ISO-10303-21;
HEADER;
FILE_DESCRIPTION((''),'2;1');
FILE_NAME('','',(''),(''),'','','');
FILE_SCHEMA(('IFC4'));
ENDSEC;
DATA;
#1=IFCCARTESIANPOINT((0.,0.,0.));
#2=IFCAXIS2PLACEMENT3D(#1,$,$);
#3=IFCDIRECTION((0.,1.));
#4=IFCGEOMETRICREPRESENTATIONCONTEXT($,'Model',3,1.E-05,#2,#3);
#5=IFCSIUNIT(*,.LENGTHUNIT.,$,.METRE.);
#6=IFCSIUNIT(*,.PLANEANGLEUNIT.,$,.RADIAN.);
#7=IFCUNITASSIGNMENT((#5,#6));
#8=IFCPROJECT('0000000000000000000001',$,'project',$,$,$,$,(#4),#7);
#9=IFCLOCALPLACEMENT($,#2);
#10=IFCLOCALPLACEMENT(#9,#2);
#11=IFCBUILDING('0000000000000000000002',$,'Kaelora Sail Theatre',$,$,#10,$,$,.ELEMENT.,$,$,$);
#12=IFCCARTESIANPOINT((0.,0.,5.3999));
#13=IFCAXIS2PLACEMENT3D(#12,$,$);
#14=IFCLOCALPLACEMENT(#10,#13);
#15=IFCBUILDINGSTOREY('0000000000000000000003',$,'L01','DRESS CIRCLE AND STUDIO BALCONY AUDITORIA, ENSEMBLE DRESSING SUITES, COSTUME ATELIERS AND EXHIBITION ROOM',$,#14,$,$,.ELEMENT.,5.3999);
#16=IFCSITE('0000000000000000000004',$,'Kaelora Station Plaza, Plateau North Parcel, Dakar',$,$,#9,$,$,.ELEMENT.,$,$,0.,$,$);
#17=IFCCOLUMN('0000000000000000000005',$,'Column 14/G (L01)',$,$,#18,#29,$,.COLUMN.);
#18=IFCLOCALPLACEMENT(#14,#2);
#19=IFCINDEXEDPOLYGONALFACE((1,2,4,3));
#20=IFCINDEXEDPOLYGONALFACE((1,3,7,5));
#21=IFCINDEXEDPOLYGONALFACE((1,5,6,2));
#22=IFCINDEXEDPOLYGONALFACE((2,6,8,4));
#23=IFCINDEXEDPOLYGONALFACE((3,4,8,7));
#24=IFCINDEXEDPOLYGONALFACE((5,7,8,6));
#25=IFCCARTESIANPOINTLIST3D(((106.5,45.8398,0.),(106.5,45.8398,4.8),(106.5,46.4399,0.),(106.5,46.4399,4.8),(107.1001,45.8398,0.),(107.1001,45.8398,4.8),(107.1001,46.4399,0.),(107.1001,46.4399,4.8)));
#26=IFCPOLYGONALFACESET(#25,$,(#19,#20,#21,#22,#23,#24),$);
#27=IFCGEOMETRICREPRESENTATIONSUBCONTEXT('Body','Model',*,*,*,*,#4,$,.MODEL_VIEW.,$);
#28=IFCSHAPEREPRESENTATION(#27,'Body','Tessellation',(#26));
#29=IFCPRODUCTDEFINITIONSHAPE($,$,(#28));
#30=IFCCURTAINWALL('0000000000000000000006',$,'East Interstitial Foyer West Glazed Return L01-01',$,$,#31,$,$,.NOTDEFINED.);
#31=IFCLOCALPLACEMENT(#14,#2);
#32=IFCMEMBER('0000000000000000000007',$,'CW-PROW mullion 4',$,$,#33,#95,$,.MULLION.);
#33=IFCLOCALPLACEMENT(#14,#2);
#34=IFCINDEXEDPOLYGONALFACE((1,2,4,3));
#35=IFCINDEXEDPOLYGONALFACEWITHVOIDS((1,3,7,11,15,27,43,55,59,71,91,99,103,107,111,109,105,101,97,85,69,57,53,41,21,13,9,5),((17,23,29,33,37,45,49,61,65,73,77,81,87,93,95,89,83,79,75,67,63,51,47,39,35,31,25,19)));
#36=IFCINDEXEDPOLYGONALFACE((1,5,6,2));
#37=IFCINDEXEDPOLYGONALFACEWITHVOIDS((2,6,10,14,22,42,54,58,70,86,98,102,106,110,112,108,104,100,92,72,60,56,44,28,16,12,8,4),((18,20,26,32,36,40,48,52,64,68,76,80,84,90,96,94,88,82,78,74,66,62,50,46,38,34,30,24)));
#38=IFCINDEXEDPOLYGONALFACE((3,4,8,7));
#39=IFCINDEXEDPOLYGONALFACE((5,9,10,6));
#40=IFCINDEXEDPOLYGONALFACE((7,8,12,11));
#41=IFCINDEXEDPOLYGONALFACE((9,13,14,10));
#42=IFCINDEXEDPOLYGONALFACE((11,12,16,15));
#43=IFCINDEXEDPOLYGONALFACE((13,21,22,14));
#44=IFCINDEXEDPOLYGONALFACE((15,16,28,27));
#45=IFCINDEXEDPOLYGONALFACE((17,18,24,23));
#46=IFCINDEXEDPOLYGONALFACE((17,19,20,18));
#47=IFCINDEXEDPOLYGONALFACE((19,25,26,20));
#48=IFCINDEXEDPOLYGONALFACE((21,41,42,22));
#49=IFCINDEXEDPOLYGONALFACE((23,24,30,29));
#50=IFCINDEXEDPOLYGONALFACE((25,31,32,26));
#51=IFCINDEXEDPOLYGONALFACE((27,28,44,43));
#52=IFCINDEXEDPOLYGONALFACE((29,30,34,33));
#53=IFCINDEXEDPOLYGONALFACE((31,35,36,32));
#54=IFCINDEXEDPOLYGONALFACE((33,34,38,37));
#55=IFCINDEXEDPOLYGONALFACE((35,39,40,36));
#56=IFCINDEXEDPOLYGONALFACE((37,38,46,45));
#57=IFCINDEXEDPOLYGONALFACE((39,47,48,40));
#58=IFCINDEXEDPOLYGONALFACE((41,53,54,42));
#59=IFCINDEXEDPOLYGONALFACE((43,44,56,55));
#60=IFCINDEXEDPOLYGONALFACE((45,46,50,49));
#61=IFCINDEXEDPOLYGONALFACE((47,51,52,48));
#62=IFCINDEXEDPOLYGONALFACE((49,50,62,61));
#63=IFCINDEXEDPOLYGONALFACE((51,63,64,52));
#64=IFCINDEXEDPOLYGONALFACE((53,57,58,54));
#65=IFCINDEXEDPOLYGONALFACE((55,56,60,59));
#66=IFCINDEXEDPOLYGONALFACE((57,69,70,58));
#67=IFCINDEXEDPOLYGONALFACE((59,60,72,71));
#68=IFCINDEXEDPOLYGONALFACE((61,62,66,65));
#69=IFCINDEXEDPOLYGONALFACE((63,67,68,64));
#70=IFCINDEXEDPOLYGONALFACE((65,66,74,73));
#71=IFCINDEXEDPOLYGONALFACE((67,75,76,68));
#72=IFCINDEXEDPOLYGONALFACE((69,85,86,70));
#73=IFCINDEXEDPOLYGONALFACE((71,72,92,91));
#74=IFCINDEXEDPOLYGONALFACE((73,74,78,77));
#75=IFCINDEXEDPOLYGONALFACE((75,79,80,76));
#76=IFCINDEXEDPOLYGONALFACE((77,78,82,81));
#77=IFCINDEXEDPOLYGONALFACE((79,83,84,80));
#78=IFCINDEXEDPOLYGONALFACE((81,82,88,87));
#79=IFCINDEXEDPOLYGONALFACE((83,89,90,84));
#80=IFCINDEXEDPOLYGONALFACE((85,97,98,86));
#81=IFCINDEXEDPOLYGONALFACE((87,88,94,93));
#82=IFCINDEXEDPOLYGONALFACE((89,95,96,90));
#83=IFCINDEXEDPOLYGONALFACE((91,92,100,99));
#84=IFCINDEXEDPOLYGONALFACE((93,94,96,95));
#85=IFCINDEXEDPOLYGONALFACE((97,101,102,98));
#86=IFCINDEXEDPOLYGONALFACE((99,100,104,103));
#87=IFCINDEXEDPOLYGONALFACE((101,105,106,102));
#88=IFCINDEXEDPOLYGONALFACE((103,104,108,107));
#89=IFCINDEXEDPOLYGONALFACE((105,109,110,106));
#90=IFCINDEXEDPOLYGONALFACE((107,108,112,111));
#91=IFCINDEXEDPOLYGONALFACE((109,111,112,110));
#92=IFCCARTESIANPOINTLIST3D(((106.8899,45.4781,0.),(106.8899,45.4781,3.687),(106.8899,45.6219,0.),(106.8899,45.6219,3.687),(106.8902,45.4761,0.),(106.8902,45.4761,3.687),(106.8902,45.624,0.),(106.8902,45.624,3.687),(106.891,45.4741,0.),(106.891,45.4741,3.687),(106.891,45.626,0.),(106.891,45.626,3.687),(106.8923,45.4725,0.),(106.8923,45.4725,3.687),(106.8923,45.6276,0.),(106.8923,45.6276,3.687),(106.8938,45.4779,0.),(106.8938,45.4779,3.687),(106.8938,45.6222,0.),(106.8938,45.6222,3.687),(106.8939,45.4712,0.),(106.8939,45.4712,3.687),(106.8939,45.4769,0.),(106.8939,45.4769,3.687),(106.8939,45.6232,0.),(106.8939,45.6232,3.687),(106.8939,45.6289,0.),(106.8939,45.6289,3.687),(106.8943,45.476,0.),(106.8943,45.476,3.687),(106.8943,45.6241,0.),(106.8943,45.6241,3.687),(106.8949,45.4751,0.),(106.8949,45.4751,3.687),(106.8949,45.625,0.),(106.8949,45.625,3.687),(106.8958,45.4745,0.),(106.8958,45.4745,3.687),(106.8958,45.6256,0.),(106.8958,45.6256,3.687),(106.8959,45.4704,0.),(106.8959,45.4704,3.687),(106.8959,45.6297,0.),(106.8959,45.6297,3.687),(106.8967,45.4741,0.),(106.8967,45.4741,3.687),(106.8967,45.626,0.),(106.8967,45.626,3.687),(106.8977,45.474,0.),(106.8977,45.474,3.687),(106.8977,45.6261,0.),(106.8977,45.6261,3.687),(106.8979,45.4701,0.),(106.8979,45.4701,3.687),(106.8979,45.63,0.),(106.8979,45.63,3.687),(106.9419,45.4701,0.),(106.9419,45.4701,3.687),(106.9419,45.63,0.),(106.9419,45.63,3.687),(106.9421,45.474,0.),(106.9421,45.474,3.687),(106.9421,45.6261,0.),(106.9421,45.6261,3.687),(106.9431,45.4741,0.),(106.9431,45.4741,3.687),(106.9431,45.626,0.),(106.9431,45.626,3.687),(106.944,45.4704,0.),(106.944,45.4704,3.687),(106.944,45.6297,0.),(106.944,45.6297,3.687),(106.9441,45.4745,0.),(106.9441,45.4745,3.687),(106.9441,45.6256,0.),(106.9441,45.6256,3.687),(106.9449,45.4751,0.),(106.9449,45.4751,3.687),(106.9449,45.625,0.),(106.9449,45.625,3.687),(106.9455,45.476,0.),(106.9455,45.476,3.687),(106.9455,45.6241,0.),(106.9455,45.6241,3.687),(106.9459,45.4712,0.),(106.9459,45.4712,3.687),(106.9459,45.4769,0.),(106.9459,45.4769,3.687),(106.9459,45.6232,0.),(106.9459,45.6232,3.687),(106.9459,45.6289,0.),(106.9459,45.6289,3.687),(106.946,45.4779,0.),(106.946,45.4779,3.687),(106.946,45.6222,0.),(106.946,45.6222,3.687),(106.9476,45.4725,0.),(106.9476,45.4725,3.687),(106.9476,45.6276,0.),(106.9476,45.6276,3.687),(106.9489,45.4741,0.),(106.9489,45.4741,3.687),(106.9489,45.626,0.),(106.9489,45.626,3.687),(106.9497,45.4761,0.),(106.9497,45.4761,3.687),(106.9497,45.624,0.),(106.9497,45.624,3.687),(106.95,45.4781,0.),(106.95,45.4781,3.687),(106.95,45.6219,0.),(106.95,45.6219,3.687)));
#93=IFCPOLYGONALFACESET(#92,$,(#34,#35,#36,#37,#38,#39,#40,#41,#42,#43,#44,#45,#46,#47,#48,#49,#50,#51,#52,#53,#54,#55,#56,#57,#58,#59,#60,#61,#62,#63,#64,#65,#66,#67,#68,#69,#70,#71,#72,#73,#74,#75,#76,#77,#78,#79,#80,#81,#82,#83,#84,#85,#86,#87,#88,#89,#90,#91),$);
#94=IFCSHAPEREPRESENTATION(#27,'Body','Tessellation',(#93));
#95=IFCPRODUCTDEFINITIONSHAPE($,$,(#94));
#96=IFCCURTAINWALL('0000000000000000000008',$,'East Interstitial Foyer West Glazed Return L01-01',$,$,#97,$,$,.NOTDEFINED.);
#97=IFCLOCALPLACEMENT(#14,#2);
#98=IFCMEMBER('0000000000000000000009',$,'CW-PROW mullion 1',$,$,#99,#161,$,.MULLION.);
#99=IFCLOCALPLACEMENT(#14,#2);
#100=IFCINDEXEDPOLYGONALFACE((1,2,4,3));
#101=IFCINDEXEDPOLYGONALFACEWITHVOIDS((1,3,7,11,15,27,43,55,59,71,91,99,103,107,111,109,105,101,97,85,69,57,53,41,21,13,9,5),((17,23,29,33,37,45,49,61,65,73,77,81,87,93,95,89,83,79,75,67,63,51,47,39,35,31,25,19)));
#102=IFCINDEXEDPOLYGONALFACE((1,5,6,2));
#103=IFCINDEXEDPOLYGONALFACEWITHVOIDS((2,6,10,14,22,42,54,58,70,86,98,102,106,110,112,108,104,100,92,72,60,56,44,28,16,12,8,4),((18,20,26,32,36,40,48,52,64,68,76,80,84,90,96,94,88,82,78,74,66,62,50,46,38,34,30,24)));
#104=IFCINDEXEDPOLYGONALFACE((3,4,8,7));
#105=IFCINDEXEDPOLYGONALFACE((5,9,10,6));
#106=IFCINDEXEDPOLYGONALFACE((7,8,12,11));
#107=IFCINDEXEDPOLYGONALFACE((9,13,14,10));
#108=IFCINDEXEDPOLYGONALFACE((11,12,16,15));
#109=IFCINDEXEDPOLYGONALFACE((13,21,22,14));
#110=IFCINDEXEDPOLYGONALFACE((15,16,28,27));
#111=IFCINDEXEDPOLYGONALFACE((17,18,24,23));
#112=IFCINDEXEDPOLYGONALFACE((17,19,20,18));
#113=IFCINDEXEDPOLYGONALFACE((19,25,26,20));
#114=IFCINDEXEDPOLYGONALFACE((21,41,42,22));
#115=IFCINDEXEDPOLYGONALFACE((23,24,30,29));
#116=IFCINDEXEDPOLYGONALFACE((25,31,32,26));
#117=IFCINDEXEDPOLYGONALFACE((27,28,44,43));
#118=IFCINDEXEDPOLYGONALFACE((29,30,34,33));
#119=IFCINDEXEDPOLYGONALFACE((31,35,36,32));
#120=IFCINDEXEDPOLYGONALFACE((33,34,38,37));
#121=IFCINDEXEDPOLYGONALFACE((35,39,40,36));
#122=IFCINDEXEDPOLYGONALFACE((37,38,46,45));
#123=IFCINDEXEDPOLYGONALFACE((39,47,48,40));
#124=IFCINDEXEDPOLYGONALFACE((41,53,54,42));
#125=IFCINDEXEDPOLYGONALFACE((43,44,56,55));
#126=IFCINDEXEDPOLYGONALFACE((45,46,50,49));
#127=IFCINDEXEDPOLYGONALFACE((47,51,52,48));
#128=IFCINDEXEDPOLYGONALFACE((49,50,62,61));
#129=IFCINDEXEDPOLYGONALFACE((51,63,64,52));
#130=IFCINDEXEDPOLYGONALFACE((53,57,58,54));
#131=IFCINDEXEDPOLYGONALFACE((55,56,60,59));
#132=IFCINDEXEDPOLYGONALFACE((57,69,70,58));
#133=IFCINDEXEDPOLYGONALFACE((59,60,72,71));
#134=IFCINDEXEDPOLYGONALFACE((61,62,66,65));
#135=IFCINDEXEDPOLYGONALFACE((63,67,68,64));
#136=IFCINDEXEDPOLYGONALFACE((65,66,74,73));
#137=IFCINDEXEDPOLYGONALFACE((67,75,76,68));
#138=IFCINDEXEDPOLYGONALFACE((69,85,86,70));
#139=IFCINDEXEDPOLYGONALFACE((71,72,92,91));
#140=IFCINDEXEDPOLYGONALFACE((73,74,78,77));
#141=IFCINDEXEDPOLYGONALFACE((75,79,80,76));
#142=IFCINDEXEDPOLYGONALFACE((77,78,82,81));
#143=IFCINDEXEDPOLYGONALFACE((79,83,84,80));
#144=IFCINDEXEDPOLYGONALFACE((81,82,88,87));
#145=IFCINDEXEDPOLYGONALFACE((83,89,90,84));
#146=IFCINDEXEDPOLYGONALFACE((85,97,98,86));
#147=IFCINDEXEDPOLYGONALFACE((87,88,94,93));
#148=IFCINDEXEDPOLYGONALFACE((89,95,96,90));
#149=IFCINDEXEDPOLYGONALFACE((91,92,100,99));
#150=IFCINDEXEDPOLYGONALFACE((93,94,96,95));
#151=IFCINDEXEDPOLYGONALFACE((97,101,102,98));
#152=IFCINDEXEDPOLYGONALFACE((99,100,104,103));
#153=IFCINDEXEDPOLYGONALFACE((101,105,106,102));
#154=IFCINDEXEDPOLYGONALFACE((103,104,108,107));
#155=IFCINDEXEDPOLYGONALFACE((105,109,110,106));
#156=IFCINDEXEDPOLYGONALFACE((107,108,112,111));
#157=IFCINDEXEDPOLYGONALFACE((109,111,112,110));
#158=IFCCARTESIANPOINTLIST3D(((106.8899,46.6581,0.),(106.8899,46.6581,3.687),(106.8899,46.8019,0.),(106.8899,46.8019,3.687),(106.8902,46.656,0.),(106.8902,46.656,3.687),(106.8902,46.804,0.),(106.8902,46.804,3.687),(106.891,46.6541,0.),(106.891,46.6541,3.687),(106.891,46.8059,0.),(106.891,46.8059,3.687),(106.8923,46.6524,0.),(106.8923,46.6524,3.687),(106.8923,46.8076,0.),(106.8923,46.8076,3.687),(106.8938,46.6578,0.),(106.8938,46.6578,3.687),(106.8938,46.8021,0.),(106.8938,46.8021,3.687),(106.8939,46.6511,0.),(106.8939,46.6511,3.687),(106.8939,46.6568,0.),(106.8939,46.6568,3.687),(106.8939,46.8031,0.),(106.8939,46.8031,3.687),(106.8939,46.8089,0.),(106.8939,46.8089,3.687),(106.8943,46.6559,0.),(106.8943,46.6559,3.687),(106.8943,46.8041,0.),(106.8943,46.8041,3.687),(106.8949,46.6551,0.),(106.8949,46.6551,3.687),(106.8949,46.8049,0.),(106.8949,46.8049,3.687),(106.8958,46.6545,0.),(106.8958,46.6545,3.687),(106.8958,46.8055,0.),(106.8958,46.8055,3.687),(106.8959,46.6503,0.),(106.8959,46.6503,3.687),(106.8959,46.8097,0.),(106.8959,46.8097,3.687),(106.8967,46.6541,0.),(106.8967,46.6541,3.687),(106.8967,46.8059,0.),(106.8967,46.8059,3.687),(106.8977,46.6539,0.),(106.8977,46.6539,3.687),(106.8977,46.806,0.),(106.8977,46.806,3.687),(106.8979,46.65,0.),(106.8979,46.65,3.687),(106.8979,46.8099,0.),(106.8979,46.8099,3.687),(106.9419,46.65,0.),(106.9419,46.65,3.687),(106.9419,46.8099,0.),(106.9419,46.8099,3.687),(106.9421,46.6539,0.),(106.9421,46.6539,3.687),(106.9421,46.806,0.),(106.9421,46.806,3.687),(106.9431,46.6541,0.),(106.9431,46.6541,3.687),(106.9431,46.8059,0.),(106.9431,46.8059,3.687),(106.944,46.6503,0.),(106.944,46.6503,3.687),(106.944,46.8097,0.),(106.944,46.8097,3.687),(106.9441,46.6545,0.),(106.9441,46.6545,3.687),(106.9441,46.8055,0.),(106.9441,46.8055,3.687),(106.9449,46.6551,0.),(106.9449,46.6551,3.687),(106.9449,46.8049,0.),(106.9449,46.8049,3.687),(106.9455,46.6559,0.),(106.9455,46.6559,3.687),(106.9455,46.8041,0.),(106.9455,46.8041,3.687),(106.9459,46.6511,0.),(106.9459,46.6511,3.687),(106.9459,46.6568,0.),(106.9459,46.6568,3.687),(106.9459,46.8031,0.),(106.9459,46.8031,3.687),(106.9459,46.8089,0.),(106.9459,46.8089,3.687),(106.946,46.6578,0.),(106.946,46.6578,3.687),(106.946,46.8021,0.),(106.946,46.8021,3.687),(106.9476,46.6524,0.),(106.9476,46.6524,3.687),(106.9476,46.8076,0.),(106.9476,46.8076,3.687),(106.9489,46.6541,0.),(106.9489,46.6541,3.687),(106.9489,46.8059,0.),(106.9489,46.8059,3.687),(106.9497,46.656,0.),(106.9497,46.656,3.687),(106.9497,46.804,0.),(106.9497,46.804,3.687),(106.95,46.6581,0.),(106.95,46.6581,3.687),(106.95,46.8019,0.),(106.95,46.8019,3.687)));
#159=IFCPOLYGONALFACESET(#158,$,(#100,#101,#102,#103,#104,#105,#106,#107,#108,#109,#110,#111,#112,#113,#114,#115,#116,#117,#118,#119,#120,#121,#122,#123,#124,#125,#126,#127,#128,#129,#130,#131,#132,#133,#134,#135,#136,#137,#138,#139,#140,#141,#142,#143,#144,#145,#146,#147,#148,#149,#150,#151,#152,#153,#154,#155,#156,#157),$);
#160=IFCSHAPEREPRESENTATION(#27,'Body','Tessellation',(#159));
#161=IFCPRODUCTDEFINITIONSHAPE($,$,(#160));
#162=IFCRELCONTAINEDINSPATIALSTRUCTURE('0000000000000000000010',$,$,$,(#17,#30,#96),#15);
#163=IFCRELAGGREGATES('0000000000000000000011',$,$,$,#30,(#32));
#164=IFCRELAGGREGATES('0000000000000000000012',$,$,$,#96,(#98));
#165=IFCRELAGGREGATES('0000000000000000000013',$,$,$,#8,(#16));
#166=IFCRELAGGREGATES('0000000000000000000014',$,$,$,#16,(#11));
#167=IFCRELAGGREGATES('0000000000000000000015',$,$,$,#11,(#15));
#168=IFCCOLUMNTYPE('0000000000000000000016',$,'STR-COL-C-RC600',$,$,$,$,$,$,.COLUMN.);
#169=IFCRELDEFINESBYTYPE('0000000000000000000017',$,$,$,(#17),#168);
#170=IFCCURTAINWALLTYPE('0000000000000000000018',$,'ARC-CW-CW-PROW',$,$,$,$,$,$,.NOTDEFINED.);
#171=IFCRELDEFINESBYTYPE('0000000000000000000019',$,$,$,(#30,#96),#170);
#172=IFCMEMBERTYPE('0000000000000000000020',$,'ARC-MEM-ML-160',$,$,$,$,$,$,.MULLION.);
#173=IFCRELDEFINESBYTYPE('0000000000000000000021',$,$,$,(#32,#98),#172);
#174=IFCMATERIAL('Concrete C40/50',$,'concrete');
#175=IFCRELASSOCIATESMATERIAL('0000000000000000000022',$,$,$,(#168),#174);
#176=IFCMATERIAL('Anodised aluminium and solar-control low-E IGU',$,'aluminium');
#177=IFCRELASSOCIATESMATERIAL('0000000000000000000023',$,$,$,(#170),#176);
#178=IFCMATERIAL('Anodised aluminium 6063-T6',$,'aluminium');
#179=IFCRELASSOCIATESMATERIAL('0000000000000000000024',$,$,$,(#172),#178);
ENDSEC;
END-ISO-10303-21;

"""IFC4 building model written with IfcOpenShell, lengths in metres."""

from ifc_helpers import new_model, si_unit, direction, frame, origin, origin_2d, place, context, subcontext, project, spatial, rectangle, hollow_rectangle, extrude, material, material_profile, profile_set, type_object, element, aggregate, save


model = new_model("IFC4")

# Units and contexts
model_context = context("Model", 3, precision=1e-05, world=origin(), true_north=direction((0.0, 1.0)))
body_context = subcontext(model_context, "Body", "Model", "MODEL_VIEW")
ifc_project = project(units=[si_unit("LENGTHUNIT", "METRE"), si_unit("PLANEANGLEUNIT", "RADIAN")], contexts=[model_context])

# Site, building, storey
site_placement = place(None, origin())
site = spatial("IfcSite", under=ifc_project, at=site_placement, Name="Kaelora Station Plaza, Plateau North Parcel, Dakar", CompositionType="ELEMENT", RefElevation=0.0)
building_placement = place(site_placement, origin())
building = spatial("IfcBuilding", under=site, at=building_placement, Name="Kaelora Sail Theatre", CompositionType="ELEMENT")
storey_placement = place(building_placement, frame((0.0, 0.0, 5.3999)))
storey = spatial("IfcBuildingStorey", under=building, at=storey_placement, Name="L01", Description="DRESS CIRCLE AND STUDIO BALCONY AUDITORIA, ENSEMBLE DRESSING SUITES, COSTUME ATELIERS AND EXHIBITION ROOM", CompositionType="ELEMENT", Elevation=5.3999)

# Column
ifc_material_1 = material(Name="Concrete C40/50", Category="concrete")
ifc_material_profile_1 = material_profile(ifc_material_1, rectangle(XDim=0.6001, YDim=0.6001, at=origin_2d()), Name="RC-COL 600x600")
ifc_profile_set_1 = profile_set([ifc_material_profile_1], Name="Concrete C40/50")
column_type = type_object("IfcColumnType", Name="STR-COL-C-RC600", PredefinedType="COLUMN", material=ifc_profile_set_1)
column_placement = place(storey_placement, frame((106.8, 46.1399, 0.0), z_axis=(0.0, 0.0, 1.0), x_axis=(1.0, 0.0, 0.0)))
element("IfcColumn", 1, at=column_placement, inside=storey, type_object=column_type, Name="Column 14/G (L01)", PredefinedType="COLUMN", context=body_context, shape_type="SweptSolid", body=[
    extrude(rectangle(XDim=0.6001, YDim=0.6001, at=origin_2d()), origin(), (0.0, 0.0, 1.0), 4.8),
])

# Curtain wall, member
ifc_material_2 = material(Name="Anodised aluminium and solar-control low-E IGU", Category="aluminium")
curtain_wall_type = type_object("IfcCurtainWallType", Name="ARC-CW-CW-PROW", PredefinedType="NOTDEFINED", material=ifc_material_2)
curtain_wall_1_placement = place(storey_placement, origin())
curtain_wall_1 = element("IfcCurtainWall", 2, at=curtain_wall_1_placement, inside=storey, type_object=curtain_wall_type, Name="East Interstitial Foyer West Glazed Return L01-01", PredefinedType="NOTDEFINED")
ifc_material_3 = material(Name="Anodised aluminium 6063-T6", Category="aluminium")
ifc_material_profile_2 = material_profile(ifc_material_3, hollow_rectangle(XDim=0.0601, YDim=0.1599, WallThickness=0.0039, InnerFilletRadius=0.0039, OuterFilletRadius=0.0081, at=origin_2d()), Name="ALU-MULL 60x160x4")
ifc_profile_set_2 = profile_set([ifc_material_profile_2], Name="Anodised aluminium 6063-T6")
member_type_1 = type_object("IfcMemberType", Name="ARC-MEM-ML-160", PredefinedType="MULLION", material=ifc_profile_set_2)
member_1_placement = place(storey_placement, frame((106.9199, 45.55, 0.0), z_axis=(0.0, 0.0, 1.0), x_axis=(-1.0, 0.0, 0.0)))
member_1 = element("IfcMember", 3, at=member_1_placement, type_object=member_type_1, Name="CW-PROW mullion 4", PredefinedType="MULLION", context=body_context, shape_type="SweptSolid", body=[
    extrude(hollow_rectangle(XDim=0.0601, YDim=0.1599, WallThickness=0.0039, InnerFilletRadius=0.0039, OuterFilletRadius=0.0081, at=origin_2d()), origin(), (0.0, 0.0, 1.0), 3.687),
])

# Curtain wall, member
curtain_wall_2_placement = place(storey_placement, origin())
curtain_wall_2 = element("IfcCurtainWall", 4, at=curtain_wall_2_placement, inside=storey, type_object=curtain_wall_type, Name="East Interstitial Foyer West Glazed Return L01-01", PredefinedType="NOTDEFINED")
member_2_placement = place(storey_placement, frame((106.9199, 46.73, 0.0), z_axis=(0.0, 0.0, 1.0), x_axis=(-1.0, 0.0, 0.0)))
member_2 = element("IfcMember", 5, at=member_2_placement, type_object=member_type_1, Name="CW-PROW mullion 1", PredefinedType="MULLION", context=body_context, shape_type="SweptSolid", body=[
    extrude(hollow_rectangle(XDim=0.0601, YDim=0.1599, WallThickness=0.0039, InnerFilletRadius=0.0039, OuterFilletRadius=0.0081, at=origin_2d()), origin(), (0.0, 0.0, 1.0), 3.687),
])

aggregate(curtain_wall_1, [member_1])
aggregate(curtain_wall_2, [member_2])

save(model, "model.ifc")
